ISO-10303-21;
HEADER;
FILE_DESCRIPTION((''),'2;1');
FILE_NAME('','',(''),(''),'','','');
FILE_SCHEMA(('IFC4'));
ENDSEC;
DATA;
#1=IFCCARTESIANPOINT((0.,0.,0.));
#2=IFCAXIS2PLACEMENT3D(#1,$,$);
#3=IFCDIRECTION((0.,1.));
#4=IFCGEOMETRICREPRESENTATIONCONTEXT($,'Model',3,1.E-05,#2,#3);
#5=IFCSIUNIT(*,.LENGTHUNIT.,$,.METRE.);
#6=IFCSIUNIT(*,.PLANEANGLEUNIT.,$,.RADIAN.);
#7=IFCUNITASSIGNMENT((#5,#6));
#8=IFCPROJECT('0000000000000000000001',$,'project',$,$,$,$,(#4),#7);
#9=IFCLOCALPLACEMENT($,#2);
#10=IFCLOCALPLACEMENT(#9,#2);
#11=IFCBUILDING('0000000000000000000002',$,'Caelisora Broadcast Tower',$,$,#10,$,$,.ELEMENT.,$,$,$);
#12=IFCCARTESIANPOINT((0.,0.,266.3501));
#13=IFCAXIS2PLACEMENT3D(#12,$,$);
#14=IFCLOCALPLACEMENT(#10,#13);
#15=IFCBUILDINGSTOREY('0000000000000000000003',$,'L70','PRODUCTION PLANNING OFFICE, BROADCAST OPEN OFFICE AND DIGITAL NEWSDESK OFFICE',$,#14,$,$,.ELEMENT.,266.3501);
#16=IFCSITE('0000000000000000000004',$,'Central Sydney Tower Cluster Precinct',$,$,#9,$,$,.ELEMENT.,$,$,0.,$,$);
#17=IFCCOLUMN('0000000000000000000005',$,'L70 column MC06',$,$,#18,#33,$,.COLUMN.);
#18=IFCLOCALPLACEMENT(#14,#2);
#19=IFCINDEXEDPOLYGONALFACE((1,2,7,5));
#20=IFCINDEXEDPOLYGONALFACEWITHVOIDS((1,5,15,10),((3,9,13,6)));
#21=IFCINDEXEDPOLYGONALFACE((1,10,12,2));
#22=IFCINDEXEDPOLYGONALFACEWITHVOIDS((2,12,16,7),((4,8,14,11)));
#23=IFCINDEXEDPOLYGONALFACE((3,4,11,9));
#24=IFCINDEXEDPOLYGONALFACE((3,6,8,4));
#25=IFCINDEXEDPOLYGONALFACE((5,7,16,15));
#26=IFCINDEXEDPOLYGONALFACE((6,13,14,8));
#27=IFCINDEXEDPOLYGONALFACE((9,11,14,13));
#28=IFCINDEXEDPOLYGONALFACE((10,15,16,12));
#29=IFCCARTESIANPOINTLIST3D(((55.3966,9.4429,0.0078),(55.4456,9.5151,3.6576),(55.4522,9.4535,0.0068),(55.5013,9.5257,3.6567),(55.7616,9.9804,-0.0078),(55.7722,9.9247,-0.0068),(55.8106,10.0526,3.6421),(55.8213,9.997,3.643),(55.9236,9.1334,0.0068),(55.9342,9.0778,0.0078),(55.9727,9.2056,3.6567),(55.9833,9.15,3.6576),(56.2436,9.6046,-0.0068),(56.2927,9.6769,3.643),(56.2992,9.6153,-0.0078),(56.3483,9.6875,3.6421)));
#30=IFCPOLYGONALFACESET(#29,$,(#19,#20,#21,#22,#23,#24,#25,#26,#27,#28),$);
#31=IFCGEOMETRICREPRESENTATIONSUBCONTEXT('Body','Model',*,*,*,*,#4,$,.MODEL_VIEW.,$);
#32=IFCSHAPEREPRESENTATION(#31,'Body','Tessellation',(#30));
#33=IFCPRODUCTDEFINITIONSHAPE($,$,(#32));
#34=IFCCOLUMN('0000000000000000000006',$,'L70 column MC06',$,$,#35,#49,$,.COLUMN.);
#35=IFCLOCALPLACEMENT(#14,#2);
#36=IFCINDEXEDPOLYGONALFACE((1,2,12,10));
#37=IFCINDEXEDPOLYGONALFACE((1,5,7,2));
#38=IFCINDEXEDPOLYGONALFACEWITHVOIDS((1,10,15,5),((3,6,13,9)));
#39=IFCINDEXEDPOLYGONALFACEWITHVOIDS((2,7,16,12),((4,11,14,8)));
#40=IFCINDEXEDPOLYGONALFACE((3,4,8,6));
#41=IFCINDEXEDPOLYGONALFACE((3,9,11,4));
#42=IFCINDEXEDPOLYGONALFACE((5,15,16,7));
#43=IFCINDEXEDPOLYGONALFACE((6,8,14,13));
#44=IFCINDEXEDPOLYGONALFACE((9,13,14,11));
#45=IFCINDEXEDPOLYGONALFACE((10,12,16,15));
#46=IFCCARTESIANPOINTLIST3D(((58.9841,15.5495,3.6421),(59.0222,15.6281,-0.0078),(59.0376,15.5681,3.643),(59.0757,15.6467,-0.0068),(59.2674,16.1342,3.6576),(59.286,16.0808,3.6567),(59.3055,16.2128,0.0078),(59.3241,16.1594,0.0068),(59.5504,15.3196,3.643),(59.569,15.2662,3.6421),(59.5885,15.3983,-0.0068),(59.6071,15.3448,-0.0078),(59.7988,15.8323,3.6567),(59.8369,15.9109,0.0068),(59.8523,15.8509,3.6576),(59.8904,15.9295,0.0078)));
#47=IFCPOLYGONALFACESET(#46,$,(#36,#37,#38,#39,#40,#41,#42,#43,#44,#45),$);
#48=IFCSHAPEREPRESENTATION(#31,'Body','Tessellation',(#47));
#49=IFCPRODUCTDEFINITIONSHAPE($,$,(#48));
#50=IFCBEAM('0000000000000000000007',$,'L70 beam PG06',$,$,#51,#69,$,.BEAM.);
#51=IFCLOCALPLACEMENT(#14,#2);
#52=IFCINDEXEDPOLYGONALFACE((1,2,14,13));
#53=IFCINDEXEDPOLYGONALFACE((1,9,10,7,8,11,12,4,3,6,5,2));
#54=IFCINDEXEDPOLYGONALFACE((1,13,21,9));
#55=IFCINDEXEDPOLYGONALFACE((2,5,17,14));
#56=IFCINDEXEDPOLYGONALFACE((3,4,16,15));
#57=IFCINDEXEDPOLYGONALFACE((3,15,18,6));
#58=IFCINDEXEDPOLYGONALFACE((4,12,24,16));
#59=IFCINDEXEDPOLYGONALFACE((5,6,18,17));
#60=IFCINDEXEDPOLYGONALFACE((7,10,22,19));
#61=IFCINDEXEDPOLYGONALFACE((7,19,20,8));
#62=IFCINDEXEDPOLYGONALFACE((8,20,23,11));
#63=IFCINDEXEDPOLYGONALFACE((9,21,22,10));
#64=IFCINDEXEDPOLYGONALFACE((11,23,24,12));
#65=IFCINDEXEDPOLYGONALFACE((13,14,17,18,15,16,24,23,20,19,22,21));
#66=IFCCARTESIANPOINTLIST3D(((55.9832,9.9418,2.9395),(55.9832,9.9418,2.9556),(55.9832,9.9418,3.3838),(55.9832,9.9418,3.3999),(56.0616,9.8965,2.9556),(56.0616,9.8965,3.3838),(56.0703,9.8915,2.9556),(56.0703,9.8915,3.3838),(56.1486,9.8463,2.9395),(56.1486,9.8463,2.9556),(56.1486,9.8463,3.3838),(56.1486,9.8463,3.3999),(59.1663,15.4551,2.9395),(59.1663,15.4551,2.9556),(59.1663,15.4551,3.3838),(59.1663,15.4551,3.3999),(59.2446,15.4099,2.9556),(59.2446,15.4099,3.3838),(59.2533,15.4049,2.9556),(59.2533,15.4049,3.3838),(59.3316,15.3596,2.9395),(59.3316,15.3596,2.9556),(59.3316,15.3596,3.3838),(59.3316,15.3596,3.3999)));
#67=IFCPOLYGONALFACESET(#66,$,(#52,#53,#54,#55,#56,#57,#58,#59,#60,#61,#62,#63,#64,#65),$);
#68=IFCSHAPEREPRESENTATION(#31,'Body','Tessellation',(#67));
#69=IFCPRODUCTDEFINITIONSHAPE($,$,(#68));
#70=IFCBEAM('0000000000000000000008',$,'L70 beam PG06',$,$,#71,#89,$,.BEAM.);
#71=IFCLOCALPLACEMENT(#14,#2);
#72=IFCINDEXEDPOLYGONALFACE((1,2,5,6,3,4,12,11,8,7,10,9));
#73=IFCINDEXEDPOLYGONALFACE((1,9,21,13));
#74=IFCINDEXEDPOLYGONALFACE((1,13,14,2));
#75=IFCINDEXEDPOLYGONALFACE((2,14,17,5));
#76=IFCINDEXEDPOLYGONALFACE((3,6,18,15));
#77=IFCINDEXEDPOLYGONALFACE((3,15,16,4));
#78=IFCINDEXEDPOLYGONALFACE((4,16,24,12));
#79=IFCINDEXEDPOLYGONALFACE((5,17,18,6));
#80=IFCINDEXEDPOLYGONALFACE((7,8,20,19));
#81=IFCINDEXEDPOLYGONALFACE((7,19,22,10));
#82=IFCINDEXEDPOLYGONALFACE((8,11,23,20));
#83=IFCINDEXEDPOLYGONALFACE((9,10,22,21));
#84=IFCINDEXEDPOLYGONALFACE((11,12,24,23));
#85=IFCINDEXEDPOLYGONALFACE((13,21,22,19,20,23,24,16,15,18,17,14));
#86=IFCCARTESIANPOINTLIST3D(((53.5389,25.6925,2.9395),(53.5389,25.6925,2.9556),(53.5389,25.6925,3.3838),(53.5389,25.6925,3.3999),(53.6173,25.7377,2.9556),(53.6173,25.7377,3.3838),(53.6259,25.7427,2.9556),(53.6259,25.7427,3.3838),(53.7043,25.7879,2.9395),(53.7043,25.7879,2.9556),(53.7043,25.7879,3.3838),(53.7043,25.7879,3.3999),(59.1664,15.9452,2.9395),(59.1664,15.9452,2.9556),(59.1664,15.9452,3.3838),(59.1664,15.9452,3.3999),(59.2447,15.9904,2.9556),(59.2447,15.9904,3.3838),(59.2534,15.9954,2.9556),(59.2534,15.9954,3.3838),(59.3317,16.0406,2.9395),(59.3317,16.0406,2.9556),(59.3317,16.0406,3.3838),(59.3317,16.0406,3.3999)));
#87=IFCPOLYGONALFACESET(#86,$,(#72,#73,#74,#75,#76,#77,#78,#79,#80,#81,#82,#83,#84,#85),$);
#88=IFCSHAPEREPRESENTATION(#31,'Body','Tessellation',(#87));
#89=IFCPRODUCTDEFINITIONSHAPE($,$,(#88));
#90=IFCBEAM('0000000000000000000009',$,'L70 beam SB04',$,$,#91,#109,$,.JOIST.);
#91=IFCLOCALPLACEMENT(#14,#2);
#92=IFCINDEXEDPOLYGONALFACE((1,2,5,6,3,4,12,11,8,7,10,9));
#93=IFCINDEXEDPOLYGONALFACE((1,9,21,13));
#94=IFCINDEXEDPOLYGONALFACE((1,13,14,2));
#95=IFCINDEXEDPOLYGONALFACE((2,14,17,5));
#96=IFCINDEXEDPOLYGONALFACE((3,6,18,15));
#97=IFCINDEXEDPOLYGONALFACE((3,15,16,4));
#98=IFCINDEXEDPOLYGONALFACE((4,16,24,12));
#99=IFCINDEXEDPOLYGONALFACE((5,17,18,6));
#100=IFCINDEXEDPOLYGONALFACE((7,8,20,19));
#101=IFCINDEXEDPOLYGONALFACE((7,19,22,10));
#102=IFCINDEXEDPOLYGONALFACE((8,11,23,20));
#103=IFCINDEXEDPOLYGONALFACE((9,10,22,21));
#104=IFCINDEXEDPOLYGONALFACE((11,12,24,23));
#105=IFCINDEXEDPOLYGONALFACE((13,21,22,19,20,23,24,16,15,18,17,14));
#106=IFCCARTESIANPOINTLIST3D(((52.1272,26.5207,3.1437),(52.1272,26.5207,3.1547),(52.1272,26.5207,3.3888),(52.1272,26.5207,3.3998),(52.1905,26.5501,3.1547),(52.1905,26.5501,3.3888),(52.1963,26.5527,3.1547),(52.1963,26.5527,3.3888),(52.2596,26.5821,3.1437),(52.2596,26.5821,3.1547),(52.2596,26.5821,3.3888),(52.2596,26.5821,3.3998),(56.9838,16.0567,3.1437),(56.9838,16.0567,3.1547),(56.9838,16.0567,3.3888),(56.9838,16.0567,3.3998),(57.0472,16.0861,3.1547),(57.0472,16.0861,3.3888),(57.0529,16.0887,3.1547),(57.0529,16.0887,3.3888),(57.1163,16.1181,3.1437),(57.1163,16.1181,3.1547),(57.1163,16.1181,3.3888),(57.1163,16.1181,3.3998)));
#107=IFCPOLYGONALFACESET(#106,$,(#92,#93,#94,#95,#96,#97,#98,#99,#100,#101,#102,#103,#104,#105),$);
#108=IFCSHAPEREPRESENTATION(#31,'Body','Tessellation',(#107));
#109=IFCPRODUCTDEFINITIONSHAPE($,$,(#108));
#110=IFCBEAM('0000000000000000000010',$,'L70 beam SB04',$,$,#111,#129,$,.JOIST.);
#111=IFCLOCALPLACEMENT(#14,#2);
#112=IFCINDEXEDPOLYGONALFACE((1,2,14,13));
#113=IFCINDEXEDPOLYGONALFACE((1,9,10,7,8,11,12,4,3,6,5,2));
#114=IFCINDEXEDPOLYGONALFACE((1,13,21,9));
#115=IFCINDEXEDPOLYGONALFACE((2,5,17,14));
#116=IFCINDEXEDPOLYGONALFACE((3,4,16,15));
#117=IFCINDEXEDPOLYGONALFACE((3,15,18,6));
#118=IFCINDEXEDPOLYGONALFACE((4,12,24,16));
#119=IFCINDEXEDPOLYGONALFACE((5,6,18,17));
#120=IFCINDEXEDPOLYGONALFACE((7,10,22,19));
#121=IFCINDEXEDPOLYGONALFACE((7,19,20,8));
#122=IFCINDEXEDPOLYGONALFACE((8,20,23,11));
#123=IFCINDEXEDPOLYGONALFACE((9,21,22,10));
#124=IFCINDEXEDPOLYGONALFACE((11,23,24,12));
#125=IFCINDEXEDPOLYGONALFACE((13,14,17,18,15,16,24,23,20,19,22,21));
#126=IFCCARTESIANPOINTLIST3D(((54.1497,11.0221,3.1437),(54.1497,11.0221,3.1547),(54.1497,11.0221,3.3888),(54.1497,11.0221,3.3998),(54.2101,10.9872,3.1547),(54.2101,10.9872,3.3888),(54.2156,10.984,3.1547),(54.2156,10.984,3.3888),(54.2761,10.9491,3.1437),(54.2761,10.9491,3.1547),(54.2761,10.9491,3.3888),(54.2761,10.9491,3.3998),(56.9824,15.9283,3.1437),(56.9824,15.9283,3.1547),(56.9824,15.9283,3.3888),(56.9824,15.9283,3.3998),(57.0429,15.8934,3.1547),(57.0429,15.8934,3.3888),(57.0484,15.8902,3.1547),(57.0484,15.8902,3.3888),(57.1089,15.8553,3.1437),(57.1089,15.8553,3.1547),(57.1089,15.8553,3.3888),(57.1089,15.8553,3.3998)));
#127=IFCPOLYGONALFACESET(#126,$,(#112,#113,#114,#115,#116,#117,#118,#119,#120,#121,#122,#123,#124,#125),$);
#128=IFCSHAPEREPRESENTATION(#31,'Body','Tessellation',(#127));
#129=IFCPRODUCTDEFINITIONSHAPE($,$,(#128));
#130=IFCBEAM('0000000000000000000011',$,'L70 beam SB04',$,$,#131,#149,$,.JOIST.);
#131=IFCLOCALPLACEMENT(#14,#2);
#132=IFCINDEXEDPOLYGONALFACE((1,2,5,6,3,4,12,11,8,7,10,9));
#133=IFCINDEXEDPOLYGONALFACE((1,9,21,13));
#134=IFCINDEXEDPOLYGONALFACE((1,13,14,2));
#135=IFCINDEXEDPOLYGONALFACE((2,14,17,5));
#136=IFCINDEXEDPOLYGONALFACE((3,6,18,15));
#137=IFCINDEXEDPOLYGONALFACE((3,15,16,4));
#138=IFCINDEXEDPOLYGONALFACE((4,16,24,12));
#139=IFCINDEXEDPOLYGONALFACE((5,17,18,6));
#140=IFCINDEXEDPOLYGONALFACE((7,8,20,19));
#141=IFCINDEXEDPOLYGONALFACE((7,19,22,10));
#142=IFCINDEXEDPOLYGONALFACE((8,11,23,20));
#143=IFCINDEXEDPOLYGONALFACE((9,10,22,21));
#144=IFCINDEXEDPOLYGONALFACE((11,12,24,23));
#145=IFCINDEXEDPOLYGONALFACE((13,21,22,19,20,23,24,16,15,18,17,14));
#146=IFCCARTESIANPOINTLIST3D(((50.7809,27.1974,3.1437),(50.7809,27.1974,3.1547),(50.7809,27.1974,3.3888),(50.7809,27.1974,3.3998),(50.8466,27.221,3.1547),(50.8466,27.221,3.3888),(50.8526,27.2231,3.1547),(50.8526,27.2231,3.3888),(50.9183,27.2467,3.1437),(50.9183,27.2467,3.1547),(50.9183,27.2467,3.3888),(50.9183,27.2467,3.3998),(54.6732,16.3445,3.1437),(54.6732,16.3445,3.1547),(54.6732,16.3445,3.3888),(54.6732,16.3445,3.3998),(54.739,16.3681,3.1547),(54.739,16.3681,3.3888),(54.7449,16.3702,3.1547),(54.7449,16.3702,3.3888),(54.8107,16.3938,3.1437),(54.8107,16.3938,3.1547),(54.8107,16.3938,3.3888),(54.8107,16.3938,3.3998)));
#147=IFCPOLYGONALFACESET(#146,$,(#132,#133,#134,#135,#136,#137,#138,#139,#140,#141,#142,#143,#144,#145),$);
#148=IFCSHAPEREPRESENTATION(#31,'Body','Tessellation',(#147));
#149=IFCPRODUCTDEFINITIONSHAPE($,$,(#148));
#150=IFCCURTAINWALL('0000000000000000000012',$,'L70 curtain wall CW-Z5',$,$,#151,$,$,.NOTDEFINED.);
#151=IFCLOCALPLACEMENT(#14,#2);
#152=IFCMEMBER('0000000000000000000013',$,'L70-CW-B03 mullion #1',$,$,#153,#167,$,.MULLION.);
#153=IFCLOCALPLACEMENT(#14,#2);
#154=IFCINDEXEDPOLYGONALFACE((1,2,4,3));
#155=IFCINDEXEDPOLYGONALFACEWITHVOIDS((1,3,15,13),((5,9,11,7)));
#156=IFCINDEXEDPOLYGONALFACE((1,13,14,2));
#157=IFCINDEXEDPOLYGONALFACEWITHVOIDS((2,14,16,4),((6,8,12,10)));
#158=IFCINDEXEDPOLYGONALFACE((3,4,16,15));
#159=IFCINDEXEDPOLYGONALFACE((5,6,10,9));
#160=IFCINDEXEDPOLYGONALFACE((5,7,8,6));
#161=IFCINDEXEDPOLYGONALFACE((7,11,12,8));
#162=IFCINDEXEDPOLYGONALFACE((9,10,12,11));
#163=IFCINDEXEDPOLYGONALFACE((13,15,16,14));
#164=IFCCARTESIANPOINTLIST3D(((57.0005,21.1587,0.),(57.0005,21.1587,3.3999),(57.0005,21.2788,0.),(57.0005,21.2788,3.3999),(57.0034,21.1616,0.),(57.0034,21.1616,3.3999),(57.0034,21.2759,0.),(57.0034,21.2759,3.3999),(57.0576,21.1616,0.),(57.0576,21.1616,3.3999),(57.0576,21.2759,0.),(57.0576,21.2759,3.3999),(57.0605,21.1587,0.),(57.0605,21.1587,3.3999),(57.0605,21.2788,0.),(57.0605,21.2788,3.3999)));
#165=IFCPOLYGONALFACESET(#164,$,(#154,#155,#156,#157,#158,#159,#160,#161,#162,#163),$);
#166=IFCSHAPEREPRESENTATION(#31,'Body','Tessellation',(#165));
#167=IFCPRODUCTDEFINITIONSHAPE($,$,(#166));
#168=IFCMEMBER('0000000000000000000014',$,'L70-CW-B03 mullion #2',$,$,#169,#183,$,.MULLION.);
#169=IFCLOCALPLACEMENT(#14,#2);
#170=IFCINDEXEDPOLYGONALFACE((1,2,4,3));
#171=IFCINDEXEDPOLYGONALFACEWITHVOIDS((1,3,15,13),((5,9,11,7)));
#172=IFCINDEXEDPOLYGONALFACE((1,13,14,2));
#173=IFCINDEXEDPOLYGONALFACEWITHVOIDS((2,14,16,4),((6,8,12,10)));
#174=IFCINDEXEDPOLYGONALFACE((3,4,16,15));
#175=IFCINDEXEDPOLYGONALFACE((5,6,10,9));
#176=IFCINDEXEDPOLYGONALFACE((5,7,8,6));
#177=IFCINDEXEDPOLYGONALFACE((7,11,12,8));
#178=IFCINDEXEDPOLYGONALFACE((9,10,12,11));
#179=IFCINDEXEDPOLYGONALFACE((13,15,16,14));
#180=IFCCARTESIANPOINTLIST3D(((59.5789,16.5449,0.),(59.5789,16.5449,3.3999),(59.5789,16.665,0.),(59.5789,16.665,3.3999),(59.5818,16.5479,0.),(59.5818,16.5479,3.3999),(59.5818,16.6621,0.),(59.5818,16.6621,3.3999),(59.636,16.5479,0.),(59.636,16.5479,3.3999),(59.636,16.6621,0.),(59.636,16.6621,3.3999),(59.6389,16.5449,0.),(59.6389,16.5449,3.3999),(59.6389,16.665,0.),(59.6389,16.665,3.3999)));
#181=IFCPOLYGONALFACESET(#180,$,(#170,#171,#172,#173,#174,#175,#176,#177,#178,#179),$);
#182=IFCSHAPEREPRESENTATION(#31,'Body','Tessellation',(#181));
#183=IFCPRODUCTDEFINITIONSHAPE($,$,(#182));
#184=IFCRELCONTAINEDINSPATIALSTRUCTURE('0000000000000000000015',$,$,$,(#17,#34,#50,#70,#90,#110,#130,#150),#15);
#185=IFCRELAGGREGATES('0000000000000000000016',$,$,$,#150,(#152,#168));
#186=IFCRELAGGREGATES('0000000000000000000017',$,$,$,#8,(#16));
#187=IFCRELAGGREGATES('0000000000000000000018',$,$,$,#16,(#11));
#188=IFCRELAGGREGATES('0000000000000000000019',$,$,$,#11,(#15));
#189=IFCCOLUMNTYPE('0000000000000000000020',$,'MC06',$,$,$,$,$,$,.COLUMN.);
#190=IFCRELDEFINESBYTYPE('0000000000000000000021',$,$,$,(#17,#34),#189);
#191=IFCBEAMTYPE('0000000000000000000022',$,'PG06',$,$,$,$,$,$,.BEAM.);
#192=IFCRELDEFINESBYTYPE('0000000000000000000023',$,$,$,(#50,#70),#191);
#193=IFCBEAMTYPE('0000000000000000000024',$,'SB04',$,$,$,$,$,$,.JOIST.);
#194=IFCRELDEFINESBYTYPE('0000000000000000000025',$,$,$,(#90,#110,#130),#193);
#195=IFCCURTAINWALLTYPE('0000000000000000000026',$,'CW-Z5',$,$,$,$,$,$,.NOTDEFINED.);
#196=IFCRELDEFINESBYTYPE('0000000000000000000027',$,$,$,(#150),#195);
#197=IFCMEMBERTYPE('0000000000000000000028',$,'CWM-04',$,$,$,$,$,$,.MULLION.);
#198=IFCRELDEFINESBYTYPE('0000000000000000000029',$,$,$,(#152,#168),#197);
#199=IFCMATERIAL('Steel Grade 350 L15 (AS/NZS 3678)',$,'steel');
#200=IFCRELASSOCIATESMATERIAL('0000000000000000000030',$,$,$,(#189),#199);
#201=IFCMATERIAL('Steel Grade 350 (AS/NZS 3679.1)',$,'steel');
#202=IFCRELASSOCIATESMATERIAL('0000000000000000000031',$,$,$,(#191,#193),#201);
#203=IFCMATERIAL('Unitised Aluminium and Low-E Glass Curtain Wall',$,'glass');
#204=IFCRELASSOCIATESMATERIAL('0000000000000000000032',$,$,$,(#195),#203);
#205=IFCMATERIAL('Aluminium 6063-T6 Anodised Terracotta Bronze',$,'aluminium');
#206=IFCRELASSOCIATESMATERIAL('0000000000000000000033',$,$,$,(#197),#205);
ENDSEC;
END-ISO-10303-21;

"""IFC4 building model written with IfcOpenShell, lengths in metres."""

from ifc_helpers import new_model, si_unit, direction, frame, origin, origin_2d, place, context, subcontext, project, spatial, hollow_rectangle, i_section, extrude, source, transform, mapped, material, material_profile, profile_set, type_object, type_shapes, element, aggregate, save


model = new_model("IFC4")

# Units and contexts
model_context = context("Model", 3, precision=1e-05, world=origin(), true_north=direction((0.0, 1.0)))
body_context = subcontext(model_context, "Body", "Model", "MODEL_VIEW")
ifc_project = project(units=[si_unit("LENGTHUNIT", "METRE"), si_unit("PLANEANGLEUNIT", "RADIAN")], contexts=[model_context])

# Site, building, storey
site_placement = place(None, origin())
site = spatial("IfcSite", under=ifc_project, at=site_placement, Name="Central Sydney Tower Cluster Precinct", CompositionType="ELEMENT", RefElevation=0.0)
building_placement = place(site_placement, origin())
building = spatial("IfcBuilding", under=site, at=building_placement, Name="Caelisora Broadcast Tower", CompositionType="ELEMENT")
storey_placement = place(building_placement, frame((0.0, 0.0, 266.3501)))
storey = spatial("IfcBuildingStorey", under=building, at=storey_placement, Name="L70", Description="PRODUCTION PLANNING OFFICE, BROADCAST OPEN OFFICE AND DIGITAL NEWSDESK OFFICE", CompositionType="ELEMENT", Elevation=266.3501)

# Columns
ifc_material_1 = material(Name="Steel Grade 350 L15 (AS/NZS 3678)", Category="steel")
ifc_material_profile_1 = material_profile(ifc_material_1, hollow_rectangle(XDim=0.6499, YDim=0.6499, WallThickness=0.04, at=origin_2d()), Name="Steel Grade 350 L15 (AS/NZS 3678)")
ifc_profile_set_1 = profile_set([ifc_material_profile_1], Name="Steel Grade 350 L15 (AS/NZS 3678)")
column_type = type_object("IfcColumnType", Name="MC06", PredefinedType="COLUMN", material=ifc_profile_set_1)
shared_shape_1 = source(origin(), body_context, "Body", "SweptSolid", [
    extrude(hollow_rectangle(XDim=0.6499, YDim=0.6499, WallThickness=0.04, at=origin_2d()), origin(), (0.0, 0.0, 1.0), 3.6509),
])
type_shapes(column_type, [shared_shape_1])
for number, where, z_axis, x_axis, name in (
    (1, (55.8479, 9.5291, 0.0), (0.013441, 0.019794, 0.999714), (-0.82729, 0.561775, 0.0), "L70 column MC06"),
    (2, (59.4563, 15.7788, 0.0), (-0.010432, -0.021532, 0.999714), (0.899947, -0.435999, 0.0), "L70 column MC06"),
):
    element("IfcColumn", number, at=place(storey_placement, frame(where, z_axis=z_axis, x_axis=x_axis)), inside=storey, type_object=column_type, Name=name, PredefinedType="COLUMN", context=body_context, shape_type="MappedRepresentation", body=[
        mapped(shared_shape_1, transform((0.0, 0.0, 0.0), scale=1.0)),
    ])

# Beams
ifc_material_2 = material(Name="Steel Grade 350 (AS/NZS 3679.1)", Category="steel")
ifc_material_profile_2 = material_profile(ifc_material_2, i_section(OverallWidth=0.1909, OverallDepth=0.4604, WebThickness=0.01, FlangeThickness=0.0161, at=origin_2d()), Name="Steel Grade 350 (AS/NZS 3679.1)")
ifc_profile_set_2 = profile_set([ifc_material_profile_2], Name="Steel Grade 350 (AS/NZS 3679.1)")
beam_type_1 = type_object("IfcBeamType", Name="PG06", PredefinedType="BEAM", material=ifc_profile_set_2)
shared_shape_2 = source(origin(), body_context, "Body", "SweptSolid", [
    extrude(i_section(OverallWidth=0.1909, OverallDepth=0.4604, WebThickness=0.01, FlangeThickness=0.0161, at=origin_2d()), origin(), (0.0, 0.0, 1.0), 6.3662),
])
beam_1_placement = place(storey_placement, frame((56.0659, 9.894, 3.1697), z_axis=(0.499991, 0.86603, 0.0), x_axis=(-0.86603, 0.499991, 0.0)))
element("IfcBeam", 3, at=beam_1_placement, inside=storey, type_object=beam_type_1, Name="L70 beam PG06", PredefinedType="BEAM", context=body_context, shape_type="MappedRepresentation", body=[
    mapped(shared_shape_2, transform((0.0, 0.0, 0.0), scale=1.0)),
])
shared_shape_3 = source(origin(), body_context, "Body", "SweptSolid", [
    extrude(i_section(OverallWidth=0.1909, OverallDepth=0.4604, WebThickness=0.01, FlangeThickness=0.0161, at=origin_2d()), origin(), (0.0, 0.0, 1.0), 11.2551),
])
type_shapes(beam_type_1, [shared_shape_2, shared_shape_3])
beam_2_placement = place(storey_placement, frame((59.249, 15.9929, 3.1697), z_axis=(-0.499988, 0.866032, 0.0), x_axis=(-0.866032, -0.499988, 0.0)))
element("IfcBeam", 4, at=beam_2_placement, inside=storey, type_object=beam_type_1, Name="L70 beam PG06", PredefinedType="BEAM", context=body_context, shape_type="MappedRepresentation", body=[
    mapped(shared_shape_3, transform((0.0, 0.0, 0.0), scale=1.0)),
])
ifc_material_profile_3 = material_profile(ifc_material_2, i_section(OverallWidth=0.146, OverallDepth=0.2561, WebThickness=0.0063, FlangeThickness=0.011, at=origin_2d()), Name="Steel Grade 350 (AS/NZS 3679.1)")
ifc_profile_set_3 = profile_set([ifc_material_profile_3], Name="Steel Grade 350 (AS/NZS 3679.1)")
beam_type_2 = type_object("IfcBeamType", Name="SB04", PredefinedType="JOIST", material=ifc_profile_set_3)
shared_shape_4 = source(origin(), body_context, "Body", "SweptSolid", [
    extrude(i_section(OverallWidth=0.146, OverallDepth=0.2561, WebThickness=0.0063, FlangeThickness=0.011, at=origin_2d()), origin(), (0.0, 0.0, 1.0), 11.5361),
])
beam_3_placement = place(storey_placement, frame((57.05, 16.0874, 3.2717), z_axis=(-0.420994, 0.907064, 0.0), x_axis=(-0.907064, -0.420994, 0.0)))
element("IfcBeam", 5, at=beam_3_placement, inside=storey, type_object=beam_type_2, Name="L70 beam SB04", PredefinedType="JOIST", context=body_context, shape_type="MappedRepresentation", body=[
    mapped(shared_shape_4, transform((0.0, 0.0, 0.0), scale=1.0)),
])
shared_shape_5 = source(origin(), body_context, "Body", "SweptSolid", [
    extrude(i_section(OverallWidth=0.146, OverallDepth=0.2561, WebThickness=0.0063, FlangeThickness=0.011, at=origin_2d()), origin(), (0.0, 0.0, 1.0), 5.6653),
])
beam_4_placement = place(storey_placement, frame((54.2129, 10.9856, 3.2717), z_axis=(0.500018, 0.866015, 0.0), x_axis=(-0.866015, 0.500018, 0.0)))
element("IfcBeam", 6, at=beam_4_placement, inside=storey, type_object=beam_type_2, Name="L70 beam SB04", PredefinedType="JOIST", context=body_context, shape_type="MappedRepresentation", body=[
    mapped(shared_shape_5, transform((0.0, 0.0, 0.0), scale=1.0)),
])
shared_shape_6 = source(origin(), body_context, "Body", "SweptSolid", [
    extrude(i_section(OverallWidth=0.146, OverallDepth=0.2561, WebThickness=0.0063, FlangeThickness=0.011, at=origin_2d()), origin(), (0.0, 0.0, 1.0), 11.5298),
])
type_shapes(beam_type_2, [shared_shape_4, shared_shape_5, shared_shape_6])
beam_5_placement = place(storey_placement, frame((54.7419, 16.3691, 3.2717), z_axis=(-0.337593, 0.941292, 0.0), x_axis=(-0.941292, -0.337593, 0.0)))
element("IfcBeam", 7, at=beam_5_placement, inside=storey, type_object=beam_type_2, Name="L70 beam SB04", PredefinedType="JOIST", context=body_context, shape_type="MappedRepresentation", body=[
    mapped(shared_shape_6, transform((0.0, 0.0, 0.0), scale=1.0)),
])

# Curtain wall, members
ifc_material_3 = material(Name="Unitised Aluminium and Low-E Glass Curtain Wall", Category="glass")
curtain_wall_type = type_object("IfcCurtainWallType", Name="CW-Z5", PredefinedType="NOTDEFINED", material=ifc_material_3)
curtain_wall_1_placement = place(storey_placement, origin())
curtain_wall_1 = element("IfcCurtainWall", 8, at=curtain_wall_1_placement, inside=storey, type_object=curtain_wall_type, Name="L70 curtain wall CW-Z5", PredefinedType="NOTDEFINED")
ifc_material_4 = material(Name="Aluminium 6063-T6 Anodised Terracotta Bronze", Category="aluminium")
ifc_material_profile_4 = material_profile(ifc_material_4, hollow_rectangle(XDim=0.0601, YDim=0.1201, WallThickness=0.0029, at=origin_2d()), Name="Aluminium 6063-T6 Anodised Terracotta Bronze")
ifc_profile_set_4 = profile_set([ifc_material_profile_4], Name="Aluminium 6063-T6 Anodised Terracotta Bronze")
member_type_1 = type_object("IfcMemberType", Name="CWM-04", PredefinedType="MULLION", material=ifc_profile_set_4)
shared_shape_7 = source(origin(), body_context, "Body", "SweptSolid", [
    extrude(hollow_rectangle(XDim=0.0601, YDim=0.1201, WallThickness=0.0029, at=origin_2d()), origin(), (0.0, 0.0, 1.0), 3.3999),
])
type_shapes(member_type_1, [shared_shape_7])
member_1_placement = place(storey_placement, frame((57.0305, 21.2188, 0.0), z_axis=(0.0, 0.0, 1.0), x_axis=(1.0, 0.0, 0.0)))
member_1 = element("IfcMember", 9, at=member_1_placement, type_object=member_type_1, Name="L70-CW-B03 mullion #1", PredefinedType="MULLION", context=body_context, shape_type="MappedRepresentation", body=[
    mapped(shared_shape_7, transform((0.0, 0.0, 0.0), scale=1.0)),
])
member_2_placement = place(storey_placement, frame((59.6089, 16.605, 0.0), z_axis=(0.0, 0.0, 1.0), x_axis=(1.0, 0.0, 0.0)))
member_2 = element("IfcMember", 10, at=member_2_placement, type_object=member_type_1, Name="L70-CW-B03 mullion #2", PredefinedType="MULLION", context=body_context, shape_type="MappedRepresentation", body=[
    mapped(shared_shape_7, transform((0.0, 0.0, 0.0), scale=1.0)),
])

aggregate(curtain_wall_1, [member_1, member_2])

save(model, "model.ifc")
